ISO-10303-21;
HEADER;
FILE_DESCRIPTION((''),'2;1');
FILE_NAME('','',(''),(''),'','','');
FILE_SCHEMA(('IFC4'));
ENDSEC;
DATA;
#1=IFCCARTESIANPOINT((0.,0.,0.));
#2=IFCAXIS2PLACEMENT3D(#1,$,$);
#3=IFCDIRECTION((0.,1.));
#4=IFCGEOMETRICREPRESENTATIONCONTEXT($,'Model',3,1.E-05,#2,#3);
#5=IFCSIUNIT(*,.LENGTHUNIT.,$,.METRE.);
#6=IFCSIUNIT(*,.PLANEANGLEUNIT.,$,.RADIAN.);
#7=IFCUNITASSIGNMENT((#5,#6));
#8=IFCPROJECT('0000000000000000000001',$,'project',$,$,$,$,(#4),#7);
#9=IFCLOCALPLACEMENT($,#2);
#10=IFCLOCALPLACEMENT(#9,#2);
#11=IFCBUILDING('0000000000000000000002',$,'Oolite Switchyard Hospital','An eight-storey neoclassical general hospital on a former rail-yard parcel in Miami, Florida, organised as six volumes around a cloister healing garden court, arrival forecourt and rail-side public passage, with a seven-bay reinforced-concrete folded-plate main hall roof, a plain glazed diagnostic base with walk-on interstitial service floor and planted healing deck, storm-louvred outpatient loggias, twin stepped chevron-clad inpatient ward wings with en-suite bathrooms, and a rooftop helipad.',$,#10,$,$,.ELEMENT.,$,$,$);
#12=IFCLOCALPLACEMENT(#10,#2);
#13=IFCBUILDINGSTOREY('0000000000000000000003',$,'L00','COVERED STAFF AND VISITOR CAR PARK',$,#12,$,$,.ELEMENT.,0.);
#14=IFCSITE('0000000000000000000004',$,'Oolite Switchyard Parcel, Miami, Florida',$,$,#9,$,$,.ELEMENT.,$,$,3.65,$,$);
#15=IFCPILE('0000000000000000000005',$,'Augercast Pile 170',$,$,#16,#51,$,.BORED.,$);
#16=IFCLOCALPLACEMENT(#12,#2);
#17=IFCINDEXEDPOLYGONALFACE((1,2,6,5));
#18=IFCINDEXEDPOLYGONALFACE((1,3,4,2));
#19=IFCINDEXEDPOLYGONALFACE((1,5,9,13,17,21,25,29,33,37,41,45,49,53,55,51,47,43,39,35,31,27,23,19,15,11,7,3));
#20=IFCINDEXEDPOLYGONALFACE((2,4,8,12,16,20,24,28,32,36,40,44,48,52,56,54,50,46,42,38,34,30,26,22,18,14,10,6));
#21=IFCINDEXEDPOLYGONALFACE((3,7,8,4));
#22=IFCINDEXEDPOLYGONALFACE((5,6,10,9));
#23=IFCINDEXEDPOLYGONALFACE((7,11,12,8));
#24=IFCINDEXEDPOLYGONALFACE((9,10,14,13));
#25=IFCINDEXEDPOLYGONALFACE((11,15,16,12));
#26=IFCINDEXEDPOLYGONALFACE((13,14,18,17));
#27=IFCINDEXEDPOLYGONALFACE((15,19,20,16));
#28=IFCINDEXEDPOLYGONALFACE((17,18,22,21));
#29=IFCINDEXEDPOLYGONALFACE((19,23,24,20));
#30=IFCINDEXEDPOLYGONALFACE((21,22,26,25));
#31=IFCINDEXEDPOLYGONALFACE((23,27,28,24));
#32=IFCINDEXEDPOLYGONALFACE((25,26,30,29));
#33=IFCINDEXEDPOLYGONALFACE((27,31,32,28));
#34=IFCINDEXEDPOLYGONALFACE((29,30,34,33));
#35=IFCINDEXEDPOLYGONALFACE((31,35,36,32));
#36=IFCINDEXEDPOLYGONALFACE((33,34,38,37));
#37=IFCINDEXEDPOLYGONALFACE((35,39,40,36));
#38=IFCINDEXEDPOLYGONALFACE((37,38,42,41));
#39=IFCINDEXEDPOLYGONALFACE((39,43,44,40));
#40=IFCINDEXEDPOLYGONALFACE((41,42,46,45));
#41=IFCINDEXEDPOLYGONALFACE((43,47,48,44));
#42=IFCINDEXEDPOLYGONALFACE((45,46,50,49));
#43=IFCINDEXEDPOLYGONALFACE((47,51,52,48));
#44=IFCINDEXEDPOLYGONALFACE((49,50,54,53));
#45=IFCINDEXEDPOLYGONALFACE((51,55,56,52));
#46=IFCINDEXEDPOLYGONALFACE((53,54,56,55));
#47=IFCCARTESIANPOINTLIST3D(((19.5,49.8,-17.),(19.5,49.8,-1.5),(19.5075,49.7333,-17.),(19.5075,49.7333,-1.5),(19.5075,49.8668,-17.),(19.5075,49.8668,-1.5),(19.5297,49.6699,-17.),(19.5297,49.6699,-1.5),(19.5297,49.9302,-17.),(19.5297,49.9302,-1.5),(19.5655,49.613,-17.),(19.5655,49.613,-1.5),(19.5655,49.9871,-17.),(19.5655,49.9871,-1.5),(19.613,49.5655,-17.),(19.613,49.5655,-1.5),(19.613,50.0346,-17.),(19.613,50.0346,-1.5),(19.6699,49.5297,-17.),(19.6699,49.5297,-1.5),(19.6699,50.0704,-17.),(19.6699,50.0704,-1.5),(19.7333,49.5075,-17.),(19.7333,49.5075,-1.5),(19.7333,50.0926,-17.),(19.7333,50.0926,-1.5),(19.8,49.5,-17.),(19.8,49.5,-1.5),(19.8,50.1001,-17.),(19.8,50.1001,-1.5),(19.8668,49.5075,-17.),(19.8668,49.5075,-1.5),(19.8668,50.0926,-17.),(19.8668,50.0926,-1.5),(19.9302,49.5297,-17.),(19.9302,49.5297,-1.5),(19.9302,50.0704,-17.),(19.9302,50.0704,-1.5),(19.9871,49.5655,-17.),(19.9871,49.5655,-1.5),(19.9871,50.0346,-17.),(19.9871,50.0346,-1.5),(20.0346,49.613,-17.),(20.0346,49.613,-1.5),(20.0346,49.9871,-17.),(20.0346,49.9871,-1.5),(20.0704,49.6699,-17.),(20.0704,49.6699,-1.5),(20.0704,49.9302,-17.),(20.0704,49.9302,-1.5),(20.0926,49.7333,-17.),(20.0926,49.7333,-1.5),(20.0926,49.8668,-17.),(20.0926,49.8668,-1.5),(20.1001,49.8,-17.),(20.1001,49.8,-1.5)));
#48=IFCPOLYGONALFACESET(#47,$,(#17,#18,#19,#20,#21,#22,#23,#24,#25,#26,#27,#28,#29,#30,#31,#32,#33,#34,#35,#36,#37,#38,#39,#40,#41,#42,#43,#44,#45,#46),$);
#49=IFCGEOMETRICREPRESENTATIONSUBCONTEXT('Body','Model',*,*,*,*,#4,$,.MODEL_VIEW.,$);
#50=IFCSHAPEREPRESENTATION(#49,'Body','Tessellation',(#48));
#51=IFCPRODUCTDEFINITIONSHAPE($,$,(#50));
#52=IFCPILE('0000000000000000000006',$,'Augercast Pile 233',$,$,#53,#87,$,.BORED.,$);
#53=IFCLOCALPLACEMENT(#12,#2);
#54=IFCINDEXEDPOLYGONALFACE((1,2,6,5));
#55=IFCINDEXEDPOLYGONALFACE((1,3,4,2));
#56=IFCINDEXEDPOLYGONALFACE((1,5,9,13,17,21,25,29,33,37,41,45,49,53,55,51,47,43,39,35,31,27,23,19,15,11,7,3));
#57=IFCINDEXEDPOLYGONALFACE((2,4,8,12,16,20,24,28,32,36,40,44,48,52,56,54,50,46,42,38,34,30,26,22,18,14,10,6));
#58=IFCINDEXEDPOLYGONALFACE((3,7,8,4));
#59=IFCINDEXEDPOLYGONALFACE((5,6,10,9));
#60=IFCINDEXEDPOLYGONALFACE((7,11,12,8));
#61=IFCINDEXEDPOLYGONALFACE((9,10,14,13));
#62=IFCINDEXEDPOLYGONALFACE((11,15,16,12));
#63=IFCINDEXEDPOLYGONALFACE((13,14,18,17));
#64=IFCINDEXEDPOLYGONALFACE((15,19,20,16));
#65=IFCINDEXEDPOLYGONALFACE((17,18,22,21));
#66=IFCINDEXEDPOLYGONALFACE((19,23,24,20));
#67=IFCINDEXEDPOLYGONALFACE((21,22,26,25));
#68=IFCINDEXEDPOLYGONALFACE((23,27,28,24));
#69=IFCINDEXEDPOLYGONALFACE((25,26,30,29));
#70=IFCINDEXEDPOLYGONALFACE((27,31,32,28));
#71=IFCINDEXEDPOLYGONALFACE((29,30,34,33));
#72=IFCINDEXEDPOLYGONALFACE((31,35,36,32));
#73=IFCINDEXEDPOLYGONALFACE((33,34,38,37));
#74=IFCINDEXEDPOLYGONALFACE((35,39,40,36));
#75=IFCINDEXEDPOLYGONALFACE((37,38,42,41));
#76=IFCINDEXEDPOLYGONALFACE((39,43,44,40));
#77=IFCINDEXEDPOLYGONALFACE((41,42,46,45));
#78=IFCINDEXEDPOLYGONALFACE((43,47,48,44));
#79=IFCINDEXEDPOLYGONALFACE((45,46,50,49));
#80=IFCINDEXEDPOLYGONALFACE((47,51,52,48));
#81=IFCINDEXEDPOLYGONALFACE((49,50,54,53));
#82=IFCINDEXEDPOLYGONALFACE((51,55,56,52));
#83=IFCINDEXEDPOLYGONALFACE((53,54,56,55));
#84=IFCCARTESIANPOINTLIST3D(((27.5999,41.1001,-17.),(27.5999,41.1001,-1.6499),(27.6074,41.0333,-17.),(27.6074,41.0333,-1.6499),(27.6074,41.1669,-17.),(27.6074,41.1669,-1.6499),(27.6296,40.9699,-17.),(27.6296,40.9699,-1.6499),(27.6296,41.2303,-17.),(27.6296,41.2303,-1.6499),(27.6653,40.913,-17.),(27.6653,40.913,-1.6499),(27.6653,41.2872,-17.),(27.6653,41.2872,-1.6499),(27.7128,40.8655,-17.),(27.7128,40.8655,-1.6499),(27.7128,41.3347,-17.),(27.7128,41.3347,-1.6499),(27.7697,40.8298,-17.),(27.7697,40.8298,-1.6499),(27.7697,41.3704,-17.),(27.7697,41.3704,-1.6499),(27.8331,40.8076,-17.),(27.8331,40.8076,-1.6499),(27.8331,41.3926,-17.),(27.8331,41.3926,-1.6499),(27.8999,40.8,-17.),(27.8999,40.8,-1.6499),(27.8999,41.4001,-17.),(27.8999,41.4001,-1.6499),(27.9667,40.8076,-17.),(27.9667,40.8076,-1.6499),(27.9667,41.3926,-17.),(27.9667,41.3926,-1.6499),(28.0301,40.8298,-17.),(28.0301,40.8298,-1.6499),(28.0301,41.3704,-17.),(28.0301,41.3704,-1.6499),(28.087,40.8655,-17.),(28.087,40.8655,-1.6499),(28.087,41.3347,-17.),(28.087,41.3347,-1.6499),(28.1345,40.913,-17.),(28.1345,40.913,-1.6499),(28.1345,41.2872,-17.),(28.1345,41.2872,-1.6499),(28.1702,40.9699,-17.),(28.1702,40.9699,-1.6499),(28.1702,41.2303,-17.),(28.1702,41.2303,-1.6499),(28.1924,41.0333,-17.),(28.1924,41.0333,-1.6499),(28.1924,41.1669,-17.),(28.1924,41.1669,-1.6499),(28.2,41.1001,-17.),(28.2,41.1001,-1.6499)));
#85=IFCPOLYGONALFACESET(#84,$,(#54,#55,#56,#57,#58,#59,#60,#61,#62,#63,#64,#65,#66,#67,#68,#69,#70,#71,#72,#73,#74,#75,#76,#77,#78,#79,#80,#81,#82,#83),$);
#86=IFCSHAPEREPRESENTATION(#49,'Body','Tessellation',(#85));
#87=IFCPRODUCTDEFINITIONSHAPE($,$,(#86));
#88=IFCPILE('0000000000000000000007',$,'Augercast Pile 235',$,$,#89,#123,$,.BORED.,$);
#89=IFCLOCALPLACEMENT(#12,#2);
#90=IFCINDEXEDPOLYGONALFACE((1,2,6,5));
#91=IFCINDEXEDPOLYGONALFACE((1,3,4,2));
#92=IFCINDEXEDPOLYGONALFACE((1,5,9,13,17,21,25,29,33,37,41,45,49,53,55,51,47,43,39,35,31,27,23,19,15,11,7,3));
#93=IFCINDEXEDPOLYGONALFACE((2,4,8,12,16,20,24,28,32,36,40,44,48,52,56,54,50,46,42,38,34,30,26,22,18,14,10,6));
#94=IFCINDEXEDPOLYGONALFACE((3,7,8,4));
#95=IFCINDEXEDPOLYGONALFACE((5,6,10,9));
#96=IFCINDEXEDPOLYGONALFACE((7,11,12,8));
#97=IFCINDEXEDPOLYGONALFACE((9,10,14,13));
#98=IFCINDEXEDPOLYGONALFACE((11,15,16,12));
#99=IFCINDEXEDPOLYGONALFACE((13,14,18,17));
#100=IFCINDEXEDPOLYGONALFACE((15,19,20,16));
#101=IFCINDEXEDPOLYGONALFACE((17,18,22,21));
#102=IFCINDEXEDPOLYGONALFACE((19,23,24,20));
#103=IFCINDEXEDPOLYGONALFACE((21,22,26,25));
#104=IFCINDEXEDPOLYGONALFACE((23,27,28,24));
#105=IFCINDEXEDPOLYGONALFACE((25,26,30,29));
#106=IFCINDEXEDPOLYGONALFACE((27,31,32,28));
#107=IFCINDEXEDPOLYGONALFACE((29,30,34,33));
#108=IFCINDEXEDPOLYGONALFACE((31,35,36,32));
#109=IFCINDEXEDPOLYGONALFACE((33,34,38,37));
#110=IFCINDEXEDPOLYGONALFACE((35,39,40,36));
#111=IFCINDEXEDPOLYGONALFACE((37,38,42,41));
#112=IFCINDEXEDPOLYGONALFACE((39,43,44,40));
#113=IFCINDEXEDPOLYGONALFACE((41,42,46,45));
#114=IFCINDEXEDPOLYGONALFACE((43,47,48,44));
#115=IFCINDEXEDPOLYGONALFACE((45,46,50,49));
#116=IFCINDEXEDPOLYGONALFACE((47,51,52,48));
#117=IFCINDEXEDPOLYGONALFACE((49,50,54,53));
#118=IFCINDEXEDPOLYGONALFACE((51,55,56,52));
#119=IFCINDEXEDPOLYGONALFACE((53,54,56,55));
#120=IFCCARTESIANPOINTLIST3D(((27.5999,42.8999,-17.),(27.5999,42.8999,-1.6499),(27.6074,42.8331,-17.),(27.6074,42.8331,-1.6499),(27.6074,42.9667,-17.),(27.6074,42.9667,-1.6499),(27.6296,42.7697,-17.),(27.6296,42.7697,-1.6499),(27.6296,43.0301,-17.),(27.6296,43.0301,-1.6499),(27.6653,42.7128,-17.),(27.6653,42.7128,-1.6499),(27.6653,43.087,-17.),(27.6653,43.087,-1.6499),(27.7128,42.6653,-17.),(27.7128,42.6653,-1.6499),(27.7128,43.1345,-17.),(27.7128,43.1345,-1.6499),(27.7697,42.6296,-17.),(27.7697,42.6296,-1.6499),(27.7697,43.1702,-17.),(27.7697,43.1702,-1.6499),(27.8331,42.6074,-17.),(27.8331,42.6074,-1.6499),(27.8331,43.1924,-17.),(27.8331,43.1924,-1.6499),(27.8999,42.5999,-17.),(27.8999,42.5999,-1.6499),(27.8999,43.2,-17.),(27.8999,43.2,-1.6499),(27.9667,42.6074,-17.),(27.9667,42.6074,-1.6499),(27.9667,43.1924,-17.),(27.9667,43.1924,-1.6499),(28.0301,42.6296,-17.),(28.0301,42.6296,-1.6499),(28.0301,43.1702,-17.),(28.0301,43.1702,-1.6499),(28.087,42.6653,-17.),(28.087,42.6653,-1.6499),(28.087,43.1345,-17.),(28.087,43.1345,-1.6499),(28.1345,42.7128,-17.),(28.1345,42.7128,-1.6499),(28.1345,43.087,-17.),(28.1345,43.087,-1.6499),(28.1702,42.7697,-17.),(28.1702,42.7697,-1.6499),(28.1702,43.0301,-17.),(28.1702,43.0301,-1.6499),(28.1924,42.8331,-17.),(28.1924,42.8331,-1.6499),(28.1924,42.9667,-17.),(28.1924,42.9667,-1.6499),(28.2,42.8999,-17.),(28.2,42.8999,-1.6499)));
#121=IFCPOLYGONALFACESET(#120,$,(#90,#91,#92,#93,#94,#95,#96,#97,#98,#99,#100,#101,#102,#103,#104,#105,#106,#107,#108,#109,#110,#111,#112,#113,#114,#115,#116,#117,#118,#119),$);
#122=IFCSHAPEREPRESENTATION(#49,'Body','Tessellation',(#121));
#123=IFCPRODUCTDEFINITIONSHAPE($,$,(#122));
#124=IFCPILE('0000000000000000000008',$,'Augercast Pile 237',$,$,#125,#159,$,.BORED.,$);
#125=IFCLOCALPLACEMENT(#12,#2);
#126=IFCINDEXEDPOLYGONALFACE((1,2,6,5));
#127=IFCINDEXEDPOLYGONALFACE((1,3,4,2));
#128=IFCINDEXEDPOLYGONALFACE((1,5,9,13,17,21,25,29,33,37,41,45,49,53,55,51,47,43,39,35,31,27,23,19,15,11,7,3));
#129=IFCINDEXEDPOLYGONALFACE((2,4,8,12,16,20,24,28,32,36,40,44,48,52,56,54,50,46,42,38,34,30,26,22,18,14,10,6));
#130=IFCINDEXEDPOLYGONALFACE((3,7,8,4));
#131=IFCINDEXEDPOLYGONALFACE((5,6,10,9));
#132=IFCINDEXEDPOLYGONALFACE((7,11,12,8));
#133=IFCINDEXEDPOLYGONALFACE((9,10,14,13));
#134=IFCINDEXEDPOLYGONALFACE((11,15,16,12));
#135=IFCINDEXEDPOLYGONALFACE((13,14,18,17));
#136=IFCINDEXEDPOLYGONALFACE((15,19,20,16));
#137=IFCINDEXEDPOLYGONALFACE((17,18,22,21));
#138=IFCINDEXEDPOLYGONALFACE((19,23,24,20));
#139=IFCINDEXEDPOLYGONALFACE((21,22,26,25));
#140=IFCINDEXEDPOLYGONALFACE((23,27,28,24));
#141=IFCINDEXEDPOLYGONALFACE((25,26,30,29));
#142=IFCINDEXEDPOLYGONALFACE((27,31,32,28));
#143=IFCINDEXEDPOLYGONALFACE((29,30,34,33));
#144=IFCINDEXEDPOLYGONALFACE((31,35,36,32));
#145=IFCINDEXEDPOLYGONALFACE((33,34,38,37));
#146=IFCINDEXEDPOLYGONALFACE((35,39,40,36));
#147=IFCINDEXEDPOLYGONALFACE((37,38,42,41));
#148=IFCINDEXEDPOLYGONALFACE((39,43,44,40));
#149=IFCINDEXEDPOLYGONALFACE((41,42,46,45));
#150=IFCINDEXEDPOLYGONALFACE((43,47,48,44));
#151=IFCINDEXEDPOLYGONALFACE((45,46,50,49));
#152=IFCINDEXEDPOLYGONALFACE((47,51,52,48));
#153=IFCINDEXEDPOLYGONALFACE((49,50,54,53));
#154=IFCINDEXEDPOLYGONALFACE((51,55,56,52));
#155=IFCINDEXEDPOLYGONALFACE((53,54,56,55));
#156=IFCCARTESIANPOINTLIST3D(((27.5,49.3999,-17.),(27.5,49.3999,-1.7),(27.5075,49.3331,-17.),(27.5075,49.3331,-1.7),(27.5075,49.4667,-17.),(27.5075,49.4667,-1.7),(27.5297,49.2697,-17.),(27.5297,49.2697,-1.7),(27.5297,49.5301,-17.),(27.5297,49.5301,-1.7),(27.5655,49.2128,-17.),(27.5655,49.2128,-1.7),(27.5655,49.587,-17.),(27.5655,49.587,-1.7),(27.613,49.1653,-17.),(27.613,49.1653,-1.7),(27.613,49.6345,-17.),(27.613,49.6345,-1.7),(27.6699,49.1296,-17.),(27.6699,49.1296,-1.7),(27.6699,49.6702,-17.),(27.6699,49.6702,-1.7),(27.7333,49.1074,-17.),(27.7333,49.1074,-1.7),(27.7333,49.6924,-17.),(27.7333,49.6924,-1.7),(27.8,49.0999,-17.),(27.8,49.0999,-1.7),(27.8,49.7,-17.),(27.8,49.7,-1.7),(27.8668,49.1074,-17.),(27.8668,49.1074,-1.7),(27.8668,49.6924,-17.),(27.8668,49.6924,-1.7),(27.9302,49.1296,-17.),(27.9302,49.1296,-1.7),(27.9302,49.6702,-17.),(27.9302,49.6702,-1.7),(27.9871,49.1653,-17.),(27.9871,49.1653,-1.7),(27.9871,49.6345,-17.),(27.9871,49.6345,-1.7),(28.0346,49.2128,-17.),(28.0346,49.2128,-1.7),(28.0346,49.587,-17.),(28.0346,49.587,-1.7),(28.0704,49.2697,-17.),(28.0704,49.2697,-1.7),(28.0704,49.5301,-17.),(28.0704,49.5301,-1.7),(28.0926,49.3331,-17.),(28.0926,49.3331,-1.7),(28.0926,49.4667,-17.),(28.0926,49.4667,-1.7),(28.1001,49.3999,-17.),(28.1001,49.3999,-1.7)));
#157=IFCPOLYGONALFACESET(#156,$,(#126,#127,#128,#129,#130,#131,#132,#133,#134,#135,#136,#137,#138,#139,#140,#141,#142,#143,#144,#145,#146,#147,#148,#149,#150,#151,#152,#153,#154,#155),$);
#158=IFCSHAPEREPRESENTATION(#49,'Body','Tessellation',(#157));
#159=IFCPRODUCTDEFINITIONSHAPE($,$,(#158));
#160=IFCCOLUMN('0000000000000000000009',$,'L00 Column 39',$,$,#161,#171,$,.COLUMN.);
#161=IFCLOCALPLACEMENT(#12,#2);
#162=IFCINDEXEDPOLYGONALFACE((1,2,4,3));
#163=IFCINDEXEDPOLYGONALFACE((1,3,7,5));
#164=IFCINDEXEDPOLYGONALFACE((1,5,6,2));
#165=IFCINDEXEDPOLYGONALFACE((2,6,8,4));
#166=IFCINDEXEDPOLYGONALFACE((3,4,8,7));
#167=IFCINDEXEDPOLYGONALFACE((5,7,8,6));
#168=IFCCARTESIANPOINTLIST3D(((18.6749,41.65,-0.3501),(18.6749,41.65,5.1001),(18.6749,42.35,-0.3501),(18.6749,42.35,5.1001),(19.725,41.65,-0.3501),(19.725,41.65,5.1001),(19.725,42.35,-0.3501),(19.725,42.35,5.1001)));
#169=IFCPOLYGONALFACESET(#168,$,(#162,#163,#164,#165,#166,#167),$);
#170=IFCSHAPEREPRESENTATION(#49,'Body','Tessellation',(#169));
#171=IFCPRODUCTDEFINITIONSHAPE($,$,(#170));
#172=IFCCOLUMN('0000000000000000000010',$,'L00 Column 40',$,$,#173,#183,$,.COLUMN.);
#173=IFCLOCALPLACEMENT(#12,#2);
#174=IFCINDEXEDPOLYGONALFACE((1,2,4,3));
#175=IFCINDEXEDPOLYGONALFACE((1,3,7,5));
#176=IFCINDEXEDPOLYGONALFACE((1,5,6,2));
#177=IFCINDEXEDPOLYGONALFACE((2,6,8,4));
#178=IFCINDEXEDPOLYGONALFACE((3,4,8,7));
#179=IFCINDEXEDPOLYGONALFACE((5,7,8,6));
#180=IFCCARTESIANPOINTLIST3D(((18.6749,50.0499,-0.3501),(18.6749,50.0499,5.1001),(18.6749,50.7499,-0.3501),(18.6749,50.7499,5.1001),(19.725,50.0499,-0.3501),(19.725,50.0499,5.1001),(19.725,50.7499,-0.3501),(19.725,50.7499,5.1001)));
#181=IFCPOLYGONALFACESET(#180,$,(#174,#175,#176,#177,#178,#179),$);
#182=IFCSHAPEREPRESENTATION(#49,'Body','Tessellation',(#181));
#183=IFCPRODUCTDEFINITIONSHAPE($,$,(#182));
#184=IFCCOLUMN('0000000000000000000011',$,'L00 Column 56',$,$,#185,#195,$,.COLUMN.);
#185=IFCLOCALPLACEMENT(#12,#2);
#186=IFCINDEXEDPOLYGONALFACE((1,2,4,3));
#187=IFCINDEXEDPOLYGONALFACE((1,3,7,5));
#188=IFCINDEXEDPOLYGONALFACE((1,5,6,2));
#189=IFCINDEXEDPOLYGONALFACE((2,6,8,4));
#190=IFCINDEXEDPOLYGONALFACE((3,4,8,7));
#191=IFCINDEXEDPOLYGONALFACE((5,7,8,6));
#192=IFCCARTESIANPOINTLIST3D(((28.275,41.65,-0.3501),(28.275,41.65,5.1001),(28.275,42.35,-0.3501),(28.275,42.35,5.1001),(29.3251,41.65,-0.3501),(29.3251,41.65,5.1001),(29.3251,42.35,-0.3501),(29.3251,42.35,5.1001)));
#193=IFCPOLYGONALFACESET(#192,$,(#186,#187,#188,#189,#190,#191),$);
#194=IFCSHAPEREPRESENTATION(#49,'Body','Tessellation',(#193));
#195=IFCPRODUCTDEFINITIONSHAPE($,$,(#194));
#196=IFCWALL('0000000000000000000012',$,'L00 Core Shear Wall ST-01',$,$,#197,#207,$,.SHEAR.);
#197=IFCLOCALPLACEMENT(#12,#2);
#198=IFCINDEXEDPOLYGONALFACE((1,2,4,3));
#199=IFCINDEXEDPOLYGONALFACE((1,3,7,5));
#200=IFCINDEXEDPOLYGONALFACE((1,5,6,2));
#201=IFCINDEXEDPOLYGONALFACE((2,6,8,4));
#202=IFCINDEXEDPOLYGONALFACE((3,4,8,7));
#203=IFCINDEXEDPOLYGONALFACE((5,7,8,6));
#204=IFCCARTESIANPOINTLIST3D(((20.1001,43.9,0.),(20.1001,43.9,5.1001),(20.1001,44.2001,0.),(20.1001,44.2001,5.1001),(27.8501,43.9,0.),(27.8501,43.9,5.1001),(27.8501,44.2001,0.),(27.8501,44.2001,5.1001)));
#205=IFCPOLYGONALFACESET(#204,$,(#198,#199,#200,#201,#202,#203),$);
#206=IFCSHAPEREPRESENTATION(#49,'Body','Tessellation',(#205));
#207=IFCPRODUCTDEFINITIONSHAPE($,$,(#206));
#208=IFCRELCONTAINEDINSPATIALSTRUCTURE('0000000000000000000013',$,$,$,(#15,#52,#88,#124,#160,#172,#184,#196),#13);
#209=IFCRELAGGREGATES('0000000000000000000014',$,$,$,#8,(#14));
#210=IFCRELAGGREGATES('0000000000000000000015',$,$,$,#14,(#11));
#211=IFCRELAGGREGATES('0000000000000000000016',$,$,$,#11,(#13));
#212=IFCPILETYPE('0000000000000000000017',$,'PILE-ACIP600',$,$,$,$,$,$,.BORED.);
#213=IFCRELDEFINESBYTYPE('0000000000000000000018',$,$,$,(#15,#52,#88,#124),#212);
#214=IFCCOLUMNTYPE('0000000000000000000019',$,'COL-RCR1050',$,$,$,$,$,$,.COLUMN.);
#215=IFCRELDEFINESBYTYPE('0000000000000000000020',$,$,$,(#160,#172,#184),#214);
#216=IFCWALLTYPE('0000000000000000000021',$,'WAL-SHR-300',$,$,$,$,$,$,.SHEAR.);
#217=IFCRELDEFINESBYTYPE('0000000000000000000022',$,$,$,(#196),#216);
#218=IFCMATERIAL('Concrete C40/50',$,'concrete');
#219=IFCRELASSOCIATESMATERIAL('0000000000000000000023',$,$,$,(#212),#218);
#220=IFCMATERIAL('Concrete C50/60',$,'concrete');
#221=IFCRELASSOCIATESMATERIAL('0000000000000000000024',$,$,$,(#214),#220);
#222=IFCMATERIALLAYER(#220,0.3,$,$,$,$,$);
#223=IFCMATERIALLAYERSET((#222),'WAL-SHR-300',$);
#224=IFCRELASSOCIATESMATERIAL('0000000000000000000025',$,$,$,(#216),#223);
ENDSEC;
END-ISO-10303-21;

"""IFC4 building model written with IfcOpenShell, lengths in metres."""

from ifc_helpers import new_model, si_unit, direction, frame, frame_2d, origin, origin_2d, place, context, subcontext, project, spatial, rectangle, circle, extrude, material, layer, layer_set, material_profile, profile_set, type_object, element, save


model = new_model("IFC4")

# Units and contexts
model_context = context("Model", 3, precision=1e-05, world=origin(), true_north=direction((0.0, 1.0)))
body_context = subcontext(model_context, "Body", "Model", "MODEL_VIEW")
ifc_project = project(units=[si_unit("LENGTHUNIT", "METRE"), si_unit("PLANEANGLEUNIT", "RADIAN")], contexts=[model_context])

# Site, building, storey
site_placement = place(None, origin())
site = spatial("IfcSite", under=ifc_project, at=site_placement, Name="Oolite Switchyard Parcel, Miami, Florida", CompositionType="ELEMENT", RefElevation=3.65)
building_placement = place(site_placement, origin())
building = spatial("IfcBuilding", under=site, at=building_placement, Name="Oolite Switchyard Hospital", Description="An eight-storey neoclassical general hospital on a former rail-yard parcel in Miami, Florida, organised as six volumes around a cloister healing garden court, arrival forecourt and rail-side public passage, with a seven-bay reinforced-concrete folded-plate main hall roof, a plain glazed diagnostic base with walk-on interstitial service floor and planted healing deck, storm-louvred outpatient loggias, twin stepped chevron-clad inpatient ward wings with en-suite bathrooms, and a rooftop helipad.", CompositionType="ELEMENT")
storey_placement = place(building_placement, origin())
storey = spatial("IfcBuildingStorey", under=building, at=storey_placement, Name="L00", Description="COVERED STAFF AND VISITOR CAR PARK", CompositionType="ELEMENT", Elevation=0.0)

# Shared definitions
ifc_material_1 = material(Name="Concrete C40/50", Category="concrete")

# Piles
ifc_material_profile_1 = material_profile(ifc_material_1, circle(Radius=0.3, at=origin_2d()), Name="PILE600")
ifc_profile_set_1 = profile_set([ifc_material_profile_1], Name="Concrete C40/50")
pile_type = type_object("IfcPileType", Name="PILE-ACIP600", PredefinedType="BORED", material=ifc_profile_set_1)
for number, where, z_axis, x_axis, name in (
    (1, (19.8, 49.8, -1.5), (0.0, 0.0, -1.0), (1.0, 0.0, 0.0), "Augercast Pile 170"),
):
    element("IfcPile", number, at=place(storey_placement, frame(where, z_axis=z_axis, x_axis=x_axis)), inside=storey, type_object=pile_type, Name=name, PredefinedType="BORED", context=body_context, shape_type="SweptSolid", body=[
        extrude(circle(Radius=0.3, at=origin_2d()), origin(), (0.0, 0.0, 1.0), 15.5),
    ])
for number, where, z_axis, x_axis, name in (
    (2, (27.8999, 41.1001, -1.6499), (0.0, 0.0, -1.0), (1.0, 0.0, 0.0), "Augercast Pile 233"),
    (3, (27.8999, 42.8999, -1.6499), (0.0, 0.0, -1.0), (1.0, 0.0, 0.0), "Augercast Pile 235"),
):
    element("IfcPile", number, at=place(storey_placement, frame(where, z_axis=z_axis, x_axis=x_axis)), inside=storey, type_object=pile_type, Name=name, PredefinedType="BORED", context=body_context, shape_type="SweptSolid", body=[
        extrude(circle(Radius=0.3, at=origin_2d()), origin(), (0.0, 0.0, 1.0), 15.3501),
    ])
pile_placement = place(storey_placement, frame((27.8, 49.3999, -1.7), z_axis=(0.0, 0.0, -1.0), x_axis=(1.0, 0.0, 0.0)))
element("IfcPile", 4, at=pile_placement, inside=storey, type_object=pile_type, Name="Augercast Pile 237", PredefinedType="BORED", context=body_context, shape_type="SweptSolid", body=[
    extrude(circle(Radius=0.3, at=origin_2d()), origin(), (0.0, 0.0, 1.0), 15.3),
])

# Columns
ifc_material_2 = material(Name="Concrete C50/60", Category="concrete")
ifc_material_profile_2 = material_profile(ifc_material_2, rectangle(XDim=1.05, YDim=0.7, at=origin_2d()), Name="RC1050X700")
ifc_profile_set_2 = profile_set([ifc_material_profile_2], Name="Concrete C50/60")
column_type = type_object("IfcColumnType", Name="COL-RCR1050", PredefinedType="COLUMN", material=ifc_profile_set_2)
for number, where, z_axis, x_axis, name in (
    (5, (19.2, 42.0, -0.3501), (0.0, 0.0, 1.0), (1.0, 0.0, 0.0), "L00 Column 39"),
    (6, (19.2, 50.3999, -0.3501), (0.0, 0.0, 1.0), (1.0, 0.0, 0.0), "L00 Column 40"),
    (7, (28.8, 42.0, -0.3501), (0.0, 0.0, 1.0), (1.0, 0.0, 0.0), "L00 Column 56"),
):
    element("IfcColumn", number, at=place(storey_placement, frame(where, z_axis=z_axis, x_axis=x_axis)), inside=storey, type_object=column_type, Name=name, PredefinedType="COLUMN", context=body_context, shape_type="SweptSolid", body=[
        extrude(rectangle(XDim=1.05, YDim=0.7, at=origin_2d()), origin(), (0.0, 0.0, 1.0), 5.4502),
    ])

# Wall
ifc_layer = layer(ifc_material_2, 0.3)
ifc_layer_set = layer_set([ifc_layer], Name="WAL-SHR-300")
wall_type = type_object("IfcWallType", Name="WAL-SHR-300", PredefinedType="SHEAR", material=ifc_layer_set)
wall_1_placement = place(storey_placement, frame((20.1001, 44.05, 0.0), z_axis=(0.0, 0.0, 1.0), x_axis=(1.0, 0.0, 0.0)))
element("IfcWall", 8, at=wall_1_placement, inside=storey, type_object=wall_type, Name="L00 Core Shear Wall ST-01", PredefinedType="SHEAR", context=body_context, shape_type="SweptSolid", body=[
    extrude(rectangle(XDim=7.75, YDim=0.3, at=frame_2d((3.875, 0.0))), origin(), (0.0, 0.0, 1.0), 5.1001),
])

save(model, "model.ifc")
